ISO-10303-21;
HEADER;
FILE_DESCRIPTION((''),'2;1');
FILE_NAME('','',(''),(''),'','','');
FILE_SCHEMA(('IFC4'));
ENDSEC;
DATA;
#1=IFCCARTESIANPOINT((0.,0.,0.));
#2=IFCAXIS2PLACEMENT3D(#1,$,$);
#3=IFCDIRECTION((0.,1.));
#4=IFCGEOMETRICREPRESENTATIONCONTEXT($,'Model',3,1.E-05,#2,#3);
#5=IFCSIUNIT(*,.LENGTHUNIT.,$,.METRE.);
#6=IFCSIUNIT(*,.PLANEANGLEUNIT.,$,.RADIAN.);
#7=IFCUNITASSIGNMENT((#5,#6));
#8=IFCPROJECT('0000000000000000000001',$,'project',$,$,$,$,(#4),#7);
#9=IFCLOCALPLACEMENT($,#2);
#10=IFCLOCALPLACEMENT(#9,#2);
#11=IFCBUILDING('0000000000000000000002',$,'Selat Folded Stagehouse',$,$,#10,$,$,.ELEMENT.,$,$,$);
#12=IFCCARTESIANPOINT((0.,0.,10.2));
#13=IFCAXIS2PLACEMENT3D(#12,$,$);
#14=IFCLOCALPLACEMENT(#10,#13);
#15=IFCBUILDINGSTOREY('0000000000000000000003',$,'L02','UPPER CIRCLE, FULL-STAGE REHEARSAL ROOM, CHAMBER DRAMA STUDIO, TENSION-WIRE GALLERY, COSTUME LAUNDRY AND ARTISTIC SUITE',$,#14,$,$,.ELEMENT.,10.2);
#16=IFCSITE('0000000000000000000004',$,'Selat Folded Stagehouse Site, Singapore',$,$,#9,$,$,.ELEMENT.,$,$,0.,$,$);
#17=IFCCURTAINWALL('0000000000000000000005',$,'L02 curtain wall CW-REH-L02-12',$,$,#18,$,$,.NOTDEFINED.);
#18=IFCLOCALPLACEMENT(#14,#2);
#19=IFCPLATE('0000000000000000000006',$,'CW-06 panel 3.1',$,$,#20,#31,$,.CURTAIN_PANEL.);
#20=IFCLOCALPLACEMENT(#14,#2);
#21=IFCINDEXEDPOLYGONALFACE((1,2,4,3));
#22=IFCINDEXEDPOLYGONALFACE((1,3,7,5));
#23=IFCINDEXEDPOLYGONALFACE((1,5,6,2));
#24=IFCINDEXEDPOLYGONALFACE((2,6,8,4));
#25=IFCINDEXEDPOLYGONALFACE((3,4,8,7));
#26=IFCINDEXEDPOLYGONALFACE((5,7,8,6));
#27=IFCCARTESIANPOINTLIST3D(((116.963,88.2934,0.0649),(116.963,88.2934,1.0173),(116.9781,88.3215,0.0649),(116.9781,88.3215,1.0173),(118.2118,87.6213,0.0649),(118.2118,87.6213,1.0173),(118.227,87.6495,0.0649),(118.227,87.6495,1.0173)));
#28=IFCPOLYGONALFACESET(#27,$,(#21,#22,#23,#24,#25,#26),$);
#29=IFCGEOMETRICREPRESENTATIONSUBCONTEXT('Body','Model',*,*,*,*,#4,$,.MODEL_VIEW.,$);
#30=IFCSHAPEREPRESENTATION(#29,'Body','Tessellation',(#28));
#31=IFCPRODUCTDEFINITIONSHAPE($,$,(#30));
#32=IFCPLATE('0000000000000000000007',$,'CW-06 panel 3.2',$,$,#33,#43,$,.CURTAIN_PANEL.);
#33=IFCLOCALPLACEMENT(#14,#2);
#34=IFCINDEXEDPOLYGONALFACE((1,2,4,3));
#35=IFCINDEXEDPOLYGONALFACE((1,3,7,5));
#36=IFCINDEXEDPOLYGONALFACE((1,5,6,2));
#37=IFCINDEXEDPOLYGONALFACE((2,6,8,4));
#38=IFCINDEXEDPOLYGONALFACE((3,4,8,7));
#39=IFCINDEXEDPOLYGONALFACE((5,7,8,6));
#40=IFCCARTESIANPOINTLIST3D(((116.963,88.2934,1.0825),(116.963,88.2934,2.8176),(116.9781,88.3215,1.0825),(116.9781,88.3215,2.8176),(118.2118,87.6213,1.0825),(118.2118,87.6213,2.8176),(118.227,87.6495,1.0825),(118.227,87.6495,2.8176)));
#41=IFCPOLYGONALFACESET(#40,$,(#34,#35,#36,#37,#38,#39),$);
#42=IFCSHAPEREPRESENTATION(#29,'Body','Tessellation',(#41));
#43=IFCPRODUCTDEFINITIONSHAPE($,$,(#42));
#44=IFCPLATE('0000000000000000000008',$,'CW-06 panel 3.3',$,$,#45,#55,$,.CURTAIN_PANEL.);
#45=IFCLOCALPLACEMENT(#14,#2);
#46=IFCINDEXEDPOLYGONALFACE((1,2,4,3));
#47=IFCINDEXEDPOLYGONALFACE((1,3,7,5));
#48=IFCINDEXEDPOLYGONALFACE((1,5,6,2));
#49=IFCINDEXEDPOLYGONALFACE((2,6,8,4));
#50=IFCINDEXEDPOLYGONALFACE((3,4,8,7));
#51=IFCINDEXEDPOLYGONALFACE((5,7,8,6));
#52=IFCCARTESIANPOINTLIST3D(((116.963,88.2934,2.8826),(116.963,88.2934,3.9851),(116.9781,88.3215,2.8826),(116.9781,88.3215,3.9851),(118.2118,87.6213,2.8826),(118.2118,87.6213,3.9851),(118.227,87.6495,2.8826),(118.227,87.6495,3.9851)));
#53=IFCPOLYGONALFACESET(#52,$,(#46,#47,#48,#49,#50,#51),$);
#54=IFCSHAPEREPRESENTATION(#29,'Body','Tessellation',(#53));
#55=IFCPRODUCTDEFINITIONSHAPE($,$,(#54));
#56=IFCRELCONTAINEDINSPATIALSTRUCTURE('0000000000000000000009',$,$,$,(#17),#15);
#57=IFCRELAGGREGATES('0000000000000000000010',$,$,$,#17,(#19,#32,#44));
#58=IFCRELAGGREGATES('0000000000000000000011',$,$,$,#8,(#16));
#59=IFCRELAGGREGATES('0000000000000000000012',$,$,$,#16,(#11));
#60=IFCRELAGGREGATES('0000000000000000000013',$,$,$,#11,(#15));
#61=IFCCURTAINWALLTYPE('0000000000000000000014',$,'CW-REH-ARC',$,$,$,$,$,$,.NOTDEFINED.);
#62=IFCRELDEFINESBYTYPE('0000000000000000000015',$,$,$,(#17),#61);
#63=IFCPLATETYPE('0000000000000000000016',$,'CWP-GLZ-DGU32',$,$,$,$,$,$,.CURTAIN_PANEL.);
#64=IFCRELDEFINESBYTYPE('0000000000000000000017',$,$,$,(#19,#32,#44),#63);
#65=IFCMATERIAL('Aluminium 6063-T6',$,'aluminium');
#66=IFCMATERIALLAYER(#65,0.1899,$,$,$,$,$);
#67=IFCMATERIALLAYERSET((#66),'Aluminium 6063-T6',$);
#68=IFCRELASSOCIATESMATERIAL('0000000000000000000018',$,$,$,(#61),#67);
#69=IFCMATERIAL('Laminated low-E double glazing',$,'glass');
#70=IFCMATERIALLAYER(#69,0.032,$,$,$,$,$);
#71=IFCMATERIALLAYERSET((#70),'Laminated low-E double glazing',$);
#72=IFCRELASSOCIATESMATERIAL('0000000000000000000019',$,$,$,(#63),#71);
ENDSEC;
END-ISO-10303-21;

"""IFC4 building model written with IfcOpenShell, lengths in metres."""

from ifc_helpers import new_model, si_unit, direction, frame, origin, origin_2d, place, context, subcontext, project, spatial, rectangle, extrude, material, layer, layer_set, type_object, element, aggregate, save


model = new_model("IFC4")

# Units and contexts
model_context = context("Model", 3, precision=1e-05, world=origin(), true_north=direction((0.0, 1.0)))
body_context = subcontext(model_context, "Body", "Model", "MODEL_VIEW")
ifc_project = project(units=[si_unit("LENGTHUNIT", "METRE"), si_unit("PLANEANGLEUNIT", "RADIAN")], contexts=[model_context])

# Site, building, storey
site_placement = place(None, origin())
site = spatial("IfcSite", under=ifc_project, at=site_placement, Name="Selat Folded Stagehouse Site, Singapore", CompositionType="ELEMENT", RefElevation=0.0)
building_placement = place(site_placement, origin())
building = spatial("IfcBuilding", under=site, at=building_placement, Name="Selat Folded Stagehouse", CompositionType="ELEMENT")
storey_placement = place(building_placement, frame((0.0, 0.0, 10.2)))
storey = spatial("IfcBuildingStorey", under=building, at=storey_placement, Name="L02", Description="UPPER CIRCLE, FULL-STAGE REHEARSAL ROOM, CHAMBER DRAMA STUDIO, TENSION-WIRE GALLERY, COSTUME LAUNDRY AND ARTISTIC SUITE", CompositionType="ELEMENT", Elevation=10.2)

# Shared definitions
ifc_material_1 = material(Name="Aluminium 6063-T6", Category="aluminium")
ifc_layer_1 = layer(ifc_material_1, 0.1899)
ifc_layer_set_1 = layer_set([ifc_layer_1], Name="Aluminium 6063-T6")
curtain_wall_type_1 = type_object("IfcCurtainWallType", Name="CW-REH-ARC", PredefinedType="NOTDEFINED", material=ifc_layer_set_1)

# Curtain wall
curtain_wall_1_placement = place(storey_placement, origin())
curtain_wall_1 = element("IfcCurtainWall", 1, at=curtain_wall_1_placement, inside=storey, type_object=curtain_wall_type_1, Name="L02 curtain wall CW-REH-L02-12", PredefinedType="NOTDEFINED")

# Plates
ifc_material_2 = material(Name="Laminated low-E double glazing", Category="glass")
ifc_layer_2 = layer(ifc_material_2, 0.032)
ifc_layer_set_2 = layer_set([ifc_layer_2], Name="Laminated low-E double glazing")
plate_type = type_object("IfcPlateType", Name="CWP-GLZ-DGU32", PredefinedType="CURTAIN_PANEL", material=ifc_layer_set_2)
plate_1_placement = place(storey_placement, frame((117.595, 87.9714, 0.0649), z_axis=(0.0, 0.0, 1.0), x_axis=(-0.880601, 0.473859, 0.0)))
plate_1 = element("IfcPlate", 2, at=plate_1_placement, type_object=plate_type, Name="CW-06 panel 3.1", PredefinedType="CURTAIN_PANEL", context=body_context, shape_type="SweptSolid", body=[
    extrude(rectangle(XDim=1.4182, YDim=0.032, at=origin_2d()), origin(), (0.0, 0.0, 1.0), 0.9524),
])
plate_2_placement = place(storey_placement, frame((117.595, 87.9714, 1.0825), z_axis=(0.0, 0.0, 1.0), x_axis=(-0.880601, 0.473859, 0.0)))
plate_2 = element("IfcPlate", 3, at=plate_2_placement, type_object=plate_type, Name="CW-06 panel 3.2", PredefinedType="CURTAIN_PANEL", context=body_context, shape_type="SweptSolid", body=[
    extrude(rectangle(XDim=1.4182, YDim=0.032, at=origin_2d()), origin(), (0.0, 0.0, 1.0), 1.7351),
])
plate_3_placement = place(storey_placement, frame((117.595, 87.9714, 2.8826), z_axis=(0.0, 0.0, 1.0), x_axis=(-0.880601, 0.473859, 0.0)))
plate_3 = element("IfcPlate", 4, at=plate_3_placement, type_object=plate_type, Name="CW-06 panel 3.3", PredefinedType="CURTAIN_PANEL", context=body_context, shape_type="SweptSolid", body=[
    extrude(rectangle(XDim=1.4182, YDim=0.032, at=origin_2d()), origin(), (0.0, 0.0, 1.0), 1.1025),
])
aggregate(curtain_wall_1, [plate_1, plate_2, plate_3])

save(model, "model.ifc")
